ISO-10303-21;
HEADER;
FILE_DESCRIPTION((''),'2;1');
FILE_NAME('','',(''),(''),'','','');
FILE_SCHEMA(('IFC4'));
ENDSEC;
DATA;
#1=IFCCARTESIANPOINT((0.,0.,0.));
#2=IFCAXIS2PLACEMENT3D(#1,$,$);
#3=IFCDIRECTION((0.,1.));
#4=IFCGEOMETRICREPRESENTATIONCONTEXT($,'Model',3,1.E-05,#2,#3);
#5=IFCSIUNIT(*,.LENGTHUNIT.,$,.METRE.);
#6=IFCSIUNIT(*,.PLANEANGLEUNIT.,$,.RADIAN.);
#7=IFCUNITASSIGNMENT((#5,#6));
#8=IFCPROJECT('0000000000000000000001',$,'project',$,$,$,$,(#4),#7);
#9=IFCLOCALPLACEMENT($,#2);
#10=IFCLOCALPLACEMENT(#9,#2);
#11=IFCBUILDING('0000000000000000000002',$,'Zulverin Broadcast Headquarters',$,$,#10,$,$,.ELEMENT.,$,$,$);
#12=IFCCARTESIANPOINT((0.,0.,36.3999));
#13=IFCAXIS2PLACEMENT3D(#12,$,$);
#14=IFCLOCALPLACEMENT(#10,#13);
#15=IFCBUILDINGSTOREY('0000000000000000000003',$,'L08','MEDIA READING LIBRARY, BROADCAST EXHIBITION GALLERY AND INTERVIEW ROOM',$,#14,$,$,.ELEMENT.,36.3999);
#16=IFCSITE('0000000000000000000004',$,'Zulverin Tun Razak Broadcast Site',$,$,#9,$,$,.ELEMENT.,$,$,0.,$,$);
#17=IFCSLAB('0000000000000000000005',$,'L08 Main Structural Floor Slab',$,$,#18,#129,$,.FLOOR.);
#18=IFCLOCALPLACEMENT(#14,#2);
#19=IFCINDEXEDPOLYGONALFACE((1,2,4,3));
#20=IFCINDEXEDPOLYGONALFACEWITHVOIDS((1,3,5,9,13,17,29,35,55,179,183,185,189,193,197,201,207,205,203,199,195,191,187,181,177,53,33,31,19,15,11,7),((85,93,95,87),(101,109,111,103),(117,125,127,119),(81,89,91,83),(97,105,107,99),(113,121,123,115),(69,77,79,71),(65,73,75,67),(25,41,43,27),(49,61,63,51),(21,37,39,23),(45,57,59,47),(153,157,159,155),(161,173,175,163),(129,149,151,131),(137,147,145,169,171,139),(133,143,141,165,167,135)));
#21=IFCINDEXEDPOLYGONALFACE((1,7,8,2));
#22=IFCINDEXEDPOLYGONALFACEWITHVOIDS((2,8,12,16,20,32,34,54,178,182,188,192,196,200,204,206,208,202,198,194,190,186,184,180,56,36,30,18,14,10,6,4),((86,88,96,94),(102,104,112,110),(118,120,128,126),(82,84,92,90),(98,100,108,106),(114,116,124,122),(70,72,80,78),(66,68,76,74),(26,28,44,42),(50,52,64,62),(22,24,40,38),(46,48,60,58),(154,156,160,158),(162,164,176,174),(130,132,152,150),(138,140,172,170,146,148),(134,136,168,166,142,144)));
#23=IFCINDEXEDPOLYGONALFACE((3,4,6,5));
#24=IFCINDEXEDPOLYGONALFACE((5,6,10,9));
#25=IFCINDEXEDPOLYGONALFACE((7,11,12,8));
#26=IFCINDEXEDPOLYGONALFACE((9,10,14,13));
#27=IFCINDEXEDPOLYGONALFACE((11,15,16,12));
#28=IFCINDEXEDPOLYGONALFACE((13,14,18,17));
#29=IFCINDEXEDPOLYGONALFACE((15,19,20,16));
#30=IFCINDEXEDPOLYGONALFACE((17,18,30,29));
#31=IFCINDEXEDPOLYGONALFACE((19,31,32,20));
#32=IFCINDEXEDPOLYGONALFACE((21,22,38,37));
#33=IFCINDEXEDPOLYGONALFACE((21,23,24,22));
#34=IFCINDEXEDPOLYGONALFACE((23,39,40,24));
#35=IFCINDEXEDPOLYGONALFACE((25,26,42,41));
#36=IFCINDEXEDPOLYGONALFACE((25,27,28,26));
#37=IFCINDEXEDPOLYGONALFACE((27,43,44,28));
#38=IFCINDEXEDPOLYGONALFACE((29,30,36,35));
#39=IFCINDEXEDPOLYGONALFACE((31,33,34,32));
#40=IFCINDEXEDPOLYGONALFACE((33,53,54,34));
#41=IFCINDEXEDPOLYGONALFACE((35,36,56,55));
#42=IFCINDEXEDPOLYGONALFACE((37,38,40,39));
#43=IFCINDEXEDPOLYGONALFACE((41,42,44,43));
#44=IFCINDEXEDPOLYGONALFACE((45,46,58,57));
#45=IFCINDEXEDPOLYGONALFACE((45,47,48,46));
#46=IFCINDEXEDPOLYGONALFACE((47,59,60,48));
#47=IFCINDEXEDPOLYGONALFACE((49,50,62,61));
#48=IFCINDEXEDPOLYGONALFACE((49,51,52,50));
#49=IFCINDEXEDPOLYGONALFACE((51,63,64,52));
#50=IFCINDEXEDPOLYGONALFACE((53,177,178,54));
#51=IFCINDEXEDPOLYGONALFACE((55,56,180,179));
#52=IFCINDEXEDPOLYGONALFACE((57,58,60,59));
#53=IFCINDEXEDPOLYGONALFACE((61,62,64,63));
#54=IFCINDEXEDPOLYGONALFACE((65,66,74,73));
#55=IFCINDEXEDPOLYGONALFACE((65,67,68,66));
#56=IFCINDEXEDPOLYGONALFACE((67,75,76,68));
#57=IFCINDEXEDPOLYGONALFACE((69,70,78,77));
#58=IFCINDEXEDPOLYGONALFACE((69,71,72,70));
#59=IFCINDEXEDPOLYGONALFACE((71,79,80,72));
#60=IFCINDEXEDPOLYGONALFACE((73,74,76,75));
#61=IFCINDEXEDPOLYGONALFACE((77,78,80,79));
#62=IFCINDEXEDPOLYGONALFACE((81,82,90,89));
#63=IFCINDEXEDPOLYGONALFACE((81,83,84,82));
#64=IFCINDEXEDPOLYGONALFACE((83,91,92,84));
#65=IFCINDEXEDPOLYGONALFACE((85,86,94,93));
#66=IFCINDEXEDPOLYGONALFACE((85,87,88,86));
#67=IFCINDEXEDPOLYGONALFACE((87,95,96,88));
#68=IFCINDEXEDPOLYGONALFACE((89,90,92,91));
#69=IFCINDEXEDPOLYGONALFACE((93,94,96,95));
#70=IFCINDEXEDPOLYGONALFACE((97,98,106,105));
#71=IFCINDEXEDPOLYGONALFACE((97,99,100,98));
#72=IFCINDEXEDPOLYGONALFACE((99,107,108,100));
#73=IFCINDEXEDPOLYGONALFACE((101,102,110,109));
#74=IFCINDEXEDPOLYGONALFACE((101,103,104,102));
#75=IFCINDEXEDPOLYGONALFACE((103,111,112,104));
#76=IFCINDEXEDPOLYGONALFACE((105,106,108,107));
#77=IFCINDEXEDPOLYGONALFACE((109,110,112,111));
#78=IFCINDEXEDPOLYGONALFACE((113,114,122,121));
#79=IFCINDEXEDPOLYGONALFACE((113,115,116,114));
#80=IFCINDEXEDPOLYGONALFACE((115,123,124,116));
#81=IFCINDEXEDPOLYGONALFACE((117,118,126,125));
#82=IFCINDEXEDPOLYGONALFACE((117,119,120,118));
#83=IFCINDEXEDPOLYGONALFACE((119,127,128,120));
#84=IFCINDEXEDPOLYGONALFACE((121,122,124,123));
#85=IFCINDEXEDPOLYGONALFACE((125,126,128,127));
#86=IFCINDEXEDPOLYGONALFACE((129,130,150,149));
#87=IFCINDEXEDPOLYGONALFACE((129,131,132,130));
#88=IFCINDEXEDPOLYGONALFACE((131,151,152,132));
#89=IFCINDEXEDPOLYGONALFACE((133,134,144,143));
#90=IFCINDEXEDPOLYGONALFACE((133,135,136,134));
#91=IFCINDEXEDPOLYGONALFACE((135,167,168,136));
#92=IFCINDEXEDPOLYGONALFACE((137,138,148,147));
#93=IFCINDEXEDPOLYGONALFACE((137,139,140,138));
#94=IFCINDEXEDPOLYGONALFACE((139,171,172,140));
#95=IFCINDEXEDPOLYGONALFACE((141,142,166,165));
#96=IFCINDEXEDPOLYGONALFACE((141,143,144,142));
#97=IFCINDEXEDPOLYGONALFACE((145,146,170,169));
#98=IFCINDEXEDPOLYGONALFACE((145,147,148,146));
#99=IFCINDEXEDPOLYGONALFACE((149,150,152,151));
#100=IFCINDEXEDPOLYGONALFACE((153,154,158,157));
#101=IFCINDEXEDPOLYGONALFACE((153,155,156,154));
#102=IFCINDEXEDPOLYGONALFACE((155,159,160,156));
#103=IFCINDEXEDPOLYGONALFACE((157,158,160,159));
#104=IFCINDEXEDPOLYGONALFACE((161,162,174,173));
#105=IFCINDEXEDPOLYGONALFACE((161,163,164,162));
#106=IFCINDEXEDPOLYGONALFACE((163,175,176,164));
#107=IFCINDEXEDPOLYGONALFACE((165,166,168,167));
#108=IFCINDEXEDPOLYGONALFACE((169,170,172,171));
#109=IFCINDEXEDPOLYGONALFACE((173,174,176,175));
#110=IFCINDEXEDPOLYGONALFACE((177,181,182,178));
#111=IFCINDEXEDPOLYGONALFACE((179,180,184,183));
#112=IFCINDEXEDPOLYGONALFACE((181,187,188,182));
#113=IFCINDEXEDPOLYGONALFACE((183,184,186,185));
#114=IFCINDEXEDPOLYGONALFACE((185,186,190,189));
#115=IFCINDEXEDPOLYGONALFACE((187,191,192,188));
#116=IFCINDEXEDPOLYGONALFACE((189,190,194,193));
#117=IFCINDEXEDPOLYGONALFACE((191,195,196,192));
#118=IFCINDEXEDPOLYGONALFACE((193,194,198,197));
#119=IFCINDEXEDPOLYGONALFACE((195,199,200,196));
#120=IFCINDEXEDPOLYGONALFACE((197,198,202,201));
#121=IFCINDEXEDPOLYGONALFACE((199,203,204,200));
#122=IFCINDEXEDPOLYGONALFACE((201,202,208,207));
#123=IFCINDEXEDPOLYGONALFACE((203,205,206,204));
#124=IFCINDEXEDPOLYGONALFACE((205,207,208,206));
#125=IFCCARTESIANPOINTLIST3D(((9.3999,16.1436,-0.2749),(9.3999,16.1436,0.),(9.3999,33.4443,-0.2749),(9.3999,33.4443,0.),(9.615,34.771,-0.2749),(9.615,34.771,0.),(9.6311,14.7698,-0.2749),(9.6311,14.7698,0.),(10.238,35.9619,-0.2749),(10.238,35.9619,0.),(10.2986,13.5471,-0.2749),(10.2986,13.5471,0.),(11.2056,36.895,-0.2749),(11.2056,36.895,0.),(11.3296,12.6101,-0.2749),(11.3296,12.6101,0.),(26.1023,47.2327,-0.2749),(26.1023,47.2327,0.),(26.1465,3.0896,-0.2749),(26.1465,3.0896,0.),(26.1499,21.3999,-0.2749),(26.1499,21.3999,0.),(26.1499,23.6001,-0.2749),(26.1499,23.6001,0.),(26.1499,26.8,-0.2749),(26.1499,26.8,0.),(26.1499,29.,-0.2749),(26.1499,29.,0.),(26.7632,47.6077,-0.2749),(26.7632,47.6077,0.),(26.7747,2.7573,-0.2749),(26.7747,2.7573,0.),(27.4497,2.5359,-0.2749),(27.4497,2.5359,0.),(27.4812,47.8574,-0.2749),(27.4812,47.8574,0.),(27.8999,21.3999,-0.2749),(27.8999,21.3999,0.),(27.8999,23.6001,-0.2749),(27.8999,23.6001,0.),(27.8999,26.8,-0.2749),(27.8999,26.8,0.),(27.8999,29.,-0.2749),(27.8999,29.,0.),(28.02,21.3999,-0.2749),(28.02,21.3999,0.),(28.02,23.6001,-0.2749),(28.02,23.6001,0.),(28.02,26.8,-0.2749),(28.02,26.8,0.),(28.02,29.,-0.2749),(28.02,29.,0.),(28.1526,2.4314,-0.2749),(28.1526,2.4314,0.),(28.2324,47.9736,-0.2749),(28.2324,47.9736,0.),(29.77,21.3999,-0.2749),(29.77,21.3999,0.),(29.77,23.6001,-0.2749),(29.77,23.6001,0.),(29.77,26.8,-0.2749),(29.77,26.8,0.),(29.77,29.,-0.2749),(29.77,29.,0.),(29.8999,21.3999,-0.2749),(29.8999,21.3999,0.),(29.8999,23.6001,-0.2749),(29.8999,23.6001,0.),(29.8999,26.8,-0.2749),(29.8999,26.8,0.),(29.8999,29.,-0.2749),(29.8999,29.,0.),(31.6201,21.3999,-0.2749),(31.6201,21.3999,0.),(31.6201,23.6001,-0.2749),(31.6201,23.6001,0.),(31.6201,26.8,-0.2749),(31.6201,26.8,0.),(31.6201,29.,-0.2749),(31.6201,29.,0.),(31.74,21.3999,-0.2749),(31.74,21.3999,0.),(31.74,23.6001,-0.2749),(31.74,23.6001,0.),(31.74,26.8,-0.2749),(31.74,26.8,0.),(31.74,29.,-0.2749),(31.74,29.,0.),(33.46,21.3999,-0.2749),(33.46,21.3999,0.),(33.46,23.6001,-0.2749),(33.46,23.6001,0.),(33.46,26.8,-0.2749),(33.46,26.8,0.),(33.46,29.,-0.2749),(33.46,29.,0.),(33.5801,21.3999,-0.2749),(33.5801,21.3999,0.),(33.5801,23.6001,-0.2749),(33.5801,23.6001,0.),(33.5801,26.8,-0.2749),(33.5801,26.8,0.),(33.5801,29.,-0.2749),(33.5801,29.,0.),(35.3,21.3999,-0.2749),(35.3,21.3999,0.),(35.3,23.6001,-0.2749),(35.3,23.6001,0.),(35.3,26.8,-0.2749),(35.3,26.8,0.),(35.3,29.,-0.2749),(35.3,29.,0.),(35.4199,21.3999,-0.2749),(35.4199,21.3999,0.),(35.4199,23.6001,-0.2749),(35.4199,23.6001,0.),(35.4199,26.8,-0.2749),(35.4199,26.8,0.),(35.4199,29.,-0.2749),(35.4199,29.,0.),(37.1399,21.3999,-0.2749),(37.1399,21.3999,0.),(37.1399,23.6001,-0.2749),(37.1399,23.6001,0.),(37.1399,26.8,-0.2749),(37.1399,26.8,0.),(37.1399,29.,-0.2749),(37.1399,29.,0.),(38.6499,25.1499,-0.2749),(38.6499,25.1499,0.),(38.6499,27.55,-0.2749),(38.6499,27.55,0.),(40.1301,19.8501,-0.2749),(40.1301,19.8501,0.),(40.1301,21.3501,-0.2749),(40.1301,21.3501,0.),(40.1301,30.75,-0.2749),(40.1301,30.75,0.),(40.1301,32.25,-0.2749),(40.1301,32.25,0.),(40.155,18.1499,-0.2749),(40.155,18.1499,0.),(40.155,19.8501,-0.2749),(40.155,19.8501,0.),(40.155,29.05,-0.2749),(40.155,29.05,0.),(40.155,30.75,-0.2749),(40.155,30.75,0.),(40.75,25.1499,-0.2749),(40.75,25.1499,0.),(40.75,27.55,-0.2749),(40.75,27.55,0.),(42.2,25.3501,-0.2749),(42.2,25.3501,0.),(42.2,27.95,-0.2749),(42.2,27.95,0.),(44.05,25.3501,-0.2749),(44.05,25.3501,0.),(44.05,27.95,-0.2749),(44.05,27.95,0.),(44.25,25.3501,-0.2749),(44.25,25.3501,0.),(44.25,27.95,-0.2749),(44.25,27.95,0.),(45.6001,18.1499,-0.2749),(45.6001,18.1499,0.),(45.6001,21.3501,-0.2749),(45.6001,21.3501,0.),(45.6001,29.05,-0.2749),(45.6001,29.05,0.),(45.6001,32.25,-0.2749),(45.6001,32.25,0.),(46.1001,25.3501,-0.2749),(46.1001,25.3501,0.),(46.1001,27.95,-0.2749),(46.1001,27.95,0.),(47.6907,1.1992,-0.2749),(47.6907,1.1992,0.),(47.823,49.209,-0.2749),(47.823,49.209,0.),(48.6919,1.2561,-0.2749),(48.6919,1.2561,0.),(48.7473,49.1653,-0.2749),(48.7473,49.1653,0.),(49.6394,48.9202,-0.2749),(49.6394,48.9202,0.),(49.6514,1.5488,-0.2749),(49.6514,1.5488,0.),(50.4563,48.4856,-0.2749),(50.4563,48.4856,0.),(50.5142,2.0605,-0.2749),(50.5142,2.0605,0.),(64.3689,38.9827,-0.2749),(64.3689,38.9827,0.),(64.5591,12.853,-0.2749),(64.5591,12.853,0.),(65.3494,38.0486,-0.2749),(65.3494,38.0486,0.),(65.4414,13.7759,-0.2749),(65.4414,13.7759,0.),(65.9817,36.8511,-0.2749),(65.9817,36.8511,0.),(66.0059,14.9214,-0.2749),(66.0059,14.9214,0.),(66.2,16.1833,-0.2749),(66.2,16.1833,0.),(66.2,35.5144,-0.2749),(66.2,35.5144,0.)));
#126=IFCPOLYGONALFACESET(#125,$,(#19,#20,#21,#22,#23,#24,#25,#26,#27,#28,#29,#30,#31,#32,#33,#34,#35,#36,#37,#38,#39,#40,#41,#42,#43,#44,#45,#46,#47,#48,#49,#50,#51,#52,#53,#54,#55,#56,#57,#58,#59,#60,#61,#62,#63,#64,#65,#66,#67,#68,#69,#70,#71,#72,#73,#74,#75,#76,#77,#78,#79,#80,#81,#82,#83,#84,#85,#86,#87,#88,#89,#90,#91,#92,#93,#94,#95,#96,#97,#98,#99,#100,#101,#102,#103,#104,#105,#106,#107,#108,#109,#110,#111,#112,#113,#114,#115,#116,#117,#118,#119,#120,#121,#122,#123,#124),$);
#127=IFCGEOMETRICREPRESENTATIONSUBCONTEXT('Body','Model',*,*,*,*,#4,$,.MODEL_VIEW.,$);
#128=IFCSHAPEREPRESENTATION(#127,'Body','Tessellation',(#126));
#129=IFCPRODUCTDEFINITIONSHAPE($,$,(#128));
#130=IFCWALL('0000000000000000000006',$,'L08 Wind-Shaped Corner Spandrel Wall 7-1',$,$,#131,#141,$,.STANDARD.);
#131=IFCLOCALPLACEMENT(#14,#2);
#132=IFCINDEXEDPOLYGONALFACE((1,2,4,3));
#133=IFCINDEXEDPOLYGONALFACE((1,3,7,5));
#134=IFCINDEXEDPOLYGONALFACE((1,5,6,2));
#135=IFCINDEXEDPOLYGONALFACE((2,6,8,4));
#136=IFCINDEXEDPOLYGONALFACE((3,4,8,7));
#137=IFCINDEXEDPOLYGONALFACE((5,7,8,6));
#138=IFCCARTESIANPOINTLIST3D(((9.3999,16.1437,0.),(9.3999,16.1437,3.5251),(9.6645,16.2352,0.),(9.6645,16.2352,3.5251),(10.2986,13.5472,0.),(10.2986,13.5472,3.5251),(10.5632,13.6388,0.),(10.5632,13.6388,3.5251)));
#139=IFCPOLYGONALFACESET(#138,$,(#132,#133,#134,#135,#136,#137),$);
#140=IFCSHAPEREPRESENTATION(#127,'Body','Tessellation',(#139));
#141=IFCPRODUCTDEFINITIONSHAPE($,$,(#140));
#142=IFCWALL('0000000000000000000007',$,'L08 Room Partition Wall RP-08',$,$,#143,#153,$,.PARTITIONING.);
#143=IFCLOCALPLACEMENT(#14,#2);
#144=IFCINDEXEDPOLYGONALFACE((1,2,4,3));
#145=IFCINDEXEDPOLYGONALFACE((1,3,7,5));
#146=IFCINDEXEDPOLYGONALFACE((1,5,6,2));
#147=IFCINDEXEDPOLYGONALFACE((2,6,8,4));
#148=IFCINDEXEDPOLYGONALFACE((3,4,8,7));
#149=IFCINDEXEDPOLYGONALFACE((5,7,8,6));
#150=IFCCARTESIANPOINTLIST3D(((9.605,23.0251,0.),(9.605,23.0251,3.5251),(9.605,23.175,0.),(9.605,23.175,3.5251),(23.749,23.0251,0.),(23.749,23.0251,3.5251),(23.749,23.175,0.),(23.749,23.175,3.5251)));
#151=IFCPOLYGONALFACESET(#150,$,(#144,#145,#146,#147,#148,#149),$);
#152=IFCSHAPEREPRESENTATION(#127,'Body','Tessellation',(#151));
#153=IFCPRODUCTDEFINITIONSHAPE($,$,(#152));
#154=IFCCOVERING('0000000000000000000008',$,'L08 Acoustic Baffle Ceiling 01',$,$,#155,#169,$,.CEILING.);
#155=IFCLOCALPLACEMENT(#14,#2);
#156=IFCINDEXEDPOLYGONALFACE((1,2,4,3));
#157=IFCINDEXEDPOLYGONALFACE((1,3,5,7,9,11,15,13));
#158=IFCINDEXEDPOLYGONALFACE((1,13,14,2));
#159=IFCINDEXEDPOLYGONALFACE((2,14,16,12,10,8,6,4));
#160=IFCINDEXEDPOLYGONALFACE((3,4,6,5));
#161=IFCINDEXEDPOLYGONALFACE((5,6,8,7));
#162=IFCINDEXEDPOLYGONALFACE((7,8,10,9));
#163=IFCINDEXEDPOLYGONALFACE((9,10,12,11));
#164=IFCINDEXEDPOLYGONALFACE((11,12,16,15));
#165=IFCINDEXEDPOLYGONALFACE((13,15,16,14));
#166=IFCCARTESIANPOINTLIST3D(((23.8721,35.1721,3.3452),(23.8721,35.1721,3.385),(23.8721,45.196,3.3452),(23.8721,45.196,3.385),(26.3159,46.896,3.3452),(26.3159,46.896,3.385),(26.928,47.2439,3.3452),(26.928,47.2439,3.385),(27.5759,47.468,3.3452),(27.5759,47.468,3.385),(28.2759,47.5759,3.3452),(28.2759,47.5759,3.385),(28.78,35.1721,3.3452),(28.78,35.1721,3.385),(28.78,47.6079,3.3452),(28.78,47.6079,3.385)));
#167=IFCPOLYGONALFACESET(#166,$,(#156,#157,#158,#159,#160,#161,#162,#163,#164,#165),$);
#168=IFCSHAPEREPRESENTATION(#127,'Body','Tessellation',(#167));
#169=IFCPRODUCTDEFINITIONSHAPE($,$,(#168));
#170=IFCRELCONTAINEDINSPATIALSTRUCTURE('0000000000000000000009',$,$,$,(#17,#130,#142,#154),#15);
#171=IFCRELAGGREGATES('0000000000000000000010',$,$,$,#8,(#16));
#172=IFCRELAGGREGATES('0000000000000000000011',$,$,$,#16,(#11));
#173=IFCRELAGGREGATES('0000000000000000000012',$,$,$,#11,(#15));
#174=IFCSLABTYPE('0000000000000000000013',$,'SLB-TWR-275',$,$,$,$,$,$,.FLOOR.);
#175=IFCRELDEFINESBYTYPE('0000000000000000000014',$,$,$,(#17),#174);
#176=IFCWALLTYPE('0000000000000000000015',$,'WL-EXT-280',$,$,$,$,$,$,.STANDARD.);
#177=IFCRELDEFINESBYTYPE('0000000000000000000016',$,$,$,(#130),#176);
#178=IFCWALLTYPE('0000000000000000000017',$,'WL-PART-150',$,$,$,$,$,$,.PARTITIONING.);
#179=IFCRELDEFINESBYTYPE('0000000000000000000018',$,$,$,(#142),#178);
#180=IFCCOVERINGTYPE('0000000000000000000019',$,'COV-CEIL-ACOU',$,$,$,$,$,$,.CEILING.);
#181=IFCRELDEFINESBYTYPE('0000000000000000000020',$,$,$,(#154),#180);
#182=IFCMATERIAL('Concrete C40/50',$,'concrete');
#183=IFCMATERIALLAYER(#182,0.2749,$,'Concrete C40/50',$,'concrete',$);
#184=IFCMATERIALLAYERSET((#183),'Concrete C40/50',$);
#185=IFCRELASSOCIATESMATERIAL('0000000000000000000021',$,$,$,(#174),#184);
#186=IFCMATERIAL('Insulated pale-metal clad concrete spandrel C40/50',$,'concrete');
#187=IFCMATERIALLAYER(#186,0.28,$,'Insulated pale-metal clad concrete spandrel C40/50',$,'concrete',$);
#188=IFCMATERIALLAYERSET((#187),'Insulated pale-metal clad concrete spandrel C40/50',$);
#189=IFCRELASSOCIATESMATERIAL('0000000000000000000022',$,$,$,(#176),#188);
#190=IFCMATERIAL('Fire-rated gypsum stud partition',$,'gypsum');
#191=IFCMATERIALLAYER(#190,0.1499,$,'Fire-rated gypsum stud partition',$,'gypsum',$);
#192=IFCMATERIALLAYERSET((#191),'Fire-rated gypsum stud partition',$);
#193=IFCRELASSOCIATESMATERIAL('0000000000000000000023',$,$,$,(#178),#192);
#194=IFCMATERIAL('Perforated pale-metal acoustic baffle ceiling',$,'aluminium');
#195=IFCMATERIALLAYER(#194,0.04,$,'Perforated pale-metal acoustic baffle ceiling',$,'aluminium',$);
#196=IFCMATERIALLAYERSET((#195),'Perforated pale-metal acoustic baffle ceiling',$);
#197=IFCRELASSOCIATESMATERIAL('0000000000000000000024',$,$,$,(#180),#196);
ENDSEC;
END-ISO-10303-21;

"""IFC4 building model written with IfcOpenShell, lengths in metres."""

from ifc_helpers import new_model, si_unit, direction, frame, frame_2d, origin, place, context, subcontext, project, spatial, polyline, rectangle, outline, extrude, material, layer, layer_set, type_object, element, save


model = new_model("IFC4")

# Units and contexts
model_context = context("Model", 3, precision=1e-05, world=origin(), true_north=direction((0.0, 1.0)))
body_context = subcontext(model_context, "Body", "Model", "MODEL_VIEW")
ifc_project = project(units=[si_unit("LENGTHUNIT", "METRE"), si_unit("PLANEANGLEUNIT", "RADIAN")], contexts=[model_context])

# Site, building, storey
site_placement = place(None, origin())
site = spatial("IfcSite", under=ifc_project, at=site_placement, Name="Zulverin Tun Razak Broadcast Site", CompositionType="ELEMENT", RefElevation=0.0)
building_placement = place(site_placement, origin())
building = spatial("IfcBuilding", under=site, at=building_placement, Name="Zulverin Broadcast Headquarters", CompositionType="ELEMENT")
storey_placement = place(building_placement, frame((0.0, 0.0, 36.3999)))
storey = spatial("IfcBuildingStorey", under=building, at=storey_placement, Name="L08", Description="MEDIA READING LIBRARY, BROADCAST EXHIBITION GALLERY AND INTERVIEW ROOM", CompositionType="ELEMENT", Elevation=36.3999)

# Shared definitions
ifc_material_1 = material(Name="Concrete C40/50", Category="concrete")

# Slab
ifc_layer_1 = layer(ifc_material_1, 0.2749, Name="Concrete C40/50", Category="concrete")
ifc_layer_set_1 = layer_set([ifc_layer_1], Name="Concrete C40/50")
slab_type_1 = type_object("IfcSlabType", Name="SLB-TWR-275", PredefinedType="FLOOR", material=ifc_layer_set_1)
slab_1_placement = place(storey_placement, frame((0.0, 0.0, -0.2749)))
element("IfcSlab", 1, at=slab_1_placement, inside=storey, type_object=slab_type_1, Name="L08 Main Structural Floor Slab", PredefinedType="FLOOR", context=body_context, shape_type="SweptSolid", body=[
    extrude(outline(polyline([(26.1465, 3.0896), (26.7747, 2.7573), (27.4497, 2.5359), (28.1526, 2.4314), (47.6907, 1.1992), (48.6919, 1.2561), (49.6514, 1.5488), (50.5142, 2.0605), (64.5591, 12.853), (65.4414, 13.7759), (66.0059, 14.9214), (66.2, 16.1833), (66.2, 35.5144), (65.9817, 36.8511), (65.3494, 38.0486), (64.3689, 38.9827), (50.4563, 48.4856), (49.6394, 48.9202), (48.7473, 49.1653), (47.823, 49.209), (28.2324, 47.9736), (27.4812, 47.8574), (26.7632, 47.6077), (26.1023, 47.2327), (11.2056, 36.895), (10.238, 35.9619), (9.615, 34.771), (9.3999, 33.4443), (9.3999, 16.1436), (9.6311, 14.7698), (10.2986, 13.5471), (11.3296, 12.6101), (26.1465, 3.0896)]), holes=[polyline([(40.155, 30.75), (40.1301, 30.75), (40.1301, 32.25), (45.6001, 32.25), (45.6001, 29.05), (40.155, 29.05), (40.155, 30.75)]), polyline([(40.155, 19.8501), (40.1301, 19.8501), (40.1301, 21.3501), (45.6001, 21.3501), (45.6001, 18.1499), (40.155, 18.1499), (40.155, 19.8501)]), polyline([(26.1499, 26.8), (27.8999, 26.8), (27.8999, 29.0), (26.1499, 29.0), (26.1499, 26.8)]), polyline([(28.02, 26.8), (29.77, 26.8), (29.77, 29.0), (28.02, 29.0), (28.02, 26.8)]), polyline([(26.1499, 21.3999), (27.8999, 21.3999), (27.8999, 23.6001), (26.1499, 23.6001), (26.1499, 21.3999)]), polyline([(28.02, 21.3999), (29.77, 21.3999), (29.77, 23.6001), (28.02, 23.6001), (28.02, 21.3999)]), polyline([(29.8999, 21.3999), (31.6201, 21.3999), (31.6201, 23.6001), (29.8999, 23.6001), (29.8999, 21.3999)]), polyline([(31.74, 21.3999), (33.46, 21.3999), (33.46, 23.6001), (31.74, 23.6001), (31.74, 21.3999)]), polyline([(33.5801, 21.3999), (35.3, 21.3999), (35.3, 23.6001), (33.5801, 23.6001), (33.5801, 21.3999)]), polyline([(35.4199, 21.3999), (37.1399, 21.3999), (37.1399, 23.6001), (35.4199, 23.6001), (35.4199, 21.3999)]), polyline([(29.8999, 26.8), (31.6201, 26.8), (31.6201, 29.0), (29.8999, 29.0), (29.8999, 26.8)]), polyline([(31.74, 26.8), (33.46, 26.8), (33.46, 29.0), (31.74, 29.0), (31.74, 26.8)]), polyline([(33.5801, 26.8), (35.3, 26.8), (35.3, 29.0), (33.5801, 29.0), (33.5801, 26.8)]), polyline([(35.4199, 26.8), (37.1399, 26.8), (37.1399, 29.0), (35.4199, 29.0), (35.4199, 26.8)]), polyline([(42.2, 25.3501), (44.05, 25.3501), (44.05, 27.95), (42.2, 27.95), (42.2, 25.3501)]), polyline([(44.25, 25.3501), (46.1001, 25.3501), (46.1001, 27.95), (44.25, 27.95), (44.25, 25.3501)]), polyline([(38.6499, 25.1499), (40.75, 25.1499), (40.75, 27.55), (38.6499, 27.55), (38.6499, 25.1499)])]), origin(), (0.0, 0.0, 1.0), 0.2749),
])

# Walls
ifc_material_2 = material(Name="Insulated pale-metal clad concrete spandrel C40/50", Category="concrete")
ifc_layer_2 = layer(ifc_material_2, 0.28, Name="Insulated pale-metal clad concrete spandrel C40/50", Category="concrete")
ifc_layer_set_2 = layer_set([ifc_layer_2], Name="Insulated pale-metal clad concrete spandrel C40/50")
wall_type_1 = type_object("IfcWallType", Name="WL-EXT-280", PredefinedType="STANDARD", material=ifc_layer_set_2)
wall_1_placement = place(storey_placement, frame((9.5322, 16.1895, 0.0), z_axis=(0.0, 0.0, 1.0), x_axis=(0.327083, -0.944996, 0.0)))
element("IfcWall", 2, at=wall_1_placement, inside=storey, type_object=wall_type_1, Name="L08 Wind-Shaped Corner Spandrel Wall 7-1", PredefinedType="STANDARD", context=body_context, shape_type="SweptSolid", body=[
    extrude(rectangle(XDim=2.7476, YDim=0.28, at=frame_2d((1.3738, 0.0))), origin(), (0.0, 0.0, 1.0), 3.5251),
])
ifc_material_3 = material(Name="Fire-rated gypsum stud partition", Category="gypsum")
ifc_layer_3 = layer(ifc_material_3, 0.1499, Name="Fire-rated gypsum stud partition", Category="gypsum")
ifc_layer_set_3 = layer_set([ifc_layer_3], Name="Fire-rated gypsum stud partition")
wall_type_2 = type_object("IfcWallType", Name="WL-PART-150", PredefinedType="PARTITIONING", material=ifc_layer_set_3)
wall_2_placement = place(storey_placement, frame((9.605, 23.1001, 0.0), z_axis=(0.0, 0.0, 1.0), x_axis=(1.0, 0.0, 0.0)))
element("IfcWall", 3, at=wall_2_placement, inside=storey, type_object=wall_type_2, Name="L08 Room Partition Wall RP-08", PredefinedType="PARTITIONING", context=body_context, shape_type="SweptSolid", body=[
    extrude(rectangle(XDim=14.144, YDim=0.1499, at=frame_2d((7.072, 0.0))), origin(), (0.0, 0.0, 1.0), 3.5251),
])

# Covering
ifc_material_4 = material(Name="Perforated pale-metal acoustic baffle ceiling", Category="aluminium")
ifc_layer_4 = layer(ifc_material_4, 0.04, Name="Perforated pale-metal acoustic baffle ceiling", Category="aluminium")
ifc_layer_set_4 = layer_set([ifc_layer_4], Name="Perforated pale-metal acoustic baffle ceiling")
covering_type_1 = type_object("IfcCoveringType", Name="COV-CEIL-ACOU", PredefinedType="CEILING", material=ifc_layer_set_4)
covering_1_placement = place(storey_placement, frame((0.0, 0.0, 3.3452)))
element("IfcCovering", 4, at=covering_1_placement, inside=storey, type_object=covering_type_1, Name="L08 Acoustic Baffle Ceiling 01", PredefinedType="CEILING", context=body_context, shape_type="SweptSolid", body=[
    extrude(outline(polyline([(28.78, 35.1721), (28.78, 47.6079), (28.2759, 47.5759), (27.5759, 47.468), (26.928, 47.2439), (26.3159, 46.896), (23.8721, 45.196), (23.8721, 35.1721), (28.78, 35.1721)])), origin(), (0.0, 0.0, 1.0), 0.0398),
])

save(model, "model.ifc")
